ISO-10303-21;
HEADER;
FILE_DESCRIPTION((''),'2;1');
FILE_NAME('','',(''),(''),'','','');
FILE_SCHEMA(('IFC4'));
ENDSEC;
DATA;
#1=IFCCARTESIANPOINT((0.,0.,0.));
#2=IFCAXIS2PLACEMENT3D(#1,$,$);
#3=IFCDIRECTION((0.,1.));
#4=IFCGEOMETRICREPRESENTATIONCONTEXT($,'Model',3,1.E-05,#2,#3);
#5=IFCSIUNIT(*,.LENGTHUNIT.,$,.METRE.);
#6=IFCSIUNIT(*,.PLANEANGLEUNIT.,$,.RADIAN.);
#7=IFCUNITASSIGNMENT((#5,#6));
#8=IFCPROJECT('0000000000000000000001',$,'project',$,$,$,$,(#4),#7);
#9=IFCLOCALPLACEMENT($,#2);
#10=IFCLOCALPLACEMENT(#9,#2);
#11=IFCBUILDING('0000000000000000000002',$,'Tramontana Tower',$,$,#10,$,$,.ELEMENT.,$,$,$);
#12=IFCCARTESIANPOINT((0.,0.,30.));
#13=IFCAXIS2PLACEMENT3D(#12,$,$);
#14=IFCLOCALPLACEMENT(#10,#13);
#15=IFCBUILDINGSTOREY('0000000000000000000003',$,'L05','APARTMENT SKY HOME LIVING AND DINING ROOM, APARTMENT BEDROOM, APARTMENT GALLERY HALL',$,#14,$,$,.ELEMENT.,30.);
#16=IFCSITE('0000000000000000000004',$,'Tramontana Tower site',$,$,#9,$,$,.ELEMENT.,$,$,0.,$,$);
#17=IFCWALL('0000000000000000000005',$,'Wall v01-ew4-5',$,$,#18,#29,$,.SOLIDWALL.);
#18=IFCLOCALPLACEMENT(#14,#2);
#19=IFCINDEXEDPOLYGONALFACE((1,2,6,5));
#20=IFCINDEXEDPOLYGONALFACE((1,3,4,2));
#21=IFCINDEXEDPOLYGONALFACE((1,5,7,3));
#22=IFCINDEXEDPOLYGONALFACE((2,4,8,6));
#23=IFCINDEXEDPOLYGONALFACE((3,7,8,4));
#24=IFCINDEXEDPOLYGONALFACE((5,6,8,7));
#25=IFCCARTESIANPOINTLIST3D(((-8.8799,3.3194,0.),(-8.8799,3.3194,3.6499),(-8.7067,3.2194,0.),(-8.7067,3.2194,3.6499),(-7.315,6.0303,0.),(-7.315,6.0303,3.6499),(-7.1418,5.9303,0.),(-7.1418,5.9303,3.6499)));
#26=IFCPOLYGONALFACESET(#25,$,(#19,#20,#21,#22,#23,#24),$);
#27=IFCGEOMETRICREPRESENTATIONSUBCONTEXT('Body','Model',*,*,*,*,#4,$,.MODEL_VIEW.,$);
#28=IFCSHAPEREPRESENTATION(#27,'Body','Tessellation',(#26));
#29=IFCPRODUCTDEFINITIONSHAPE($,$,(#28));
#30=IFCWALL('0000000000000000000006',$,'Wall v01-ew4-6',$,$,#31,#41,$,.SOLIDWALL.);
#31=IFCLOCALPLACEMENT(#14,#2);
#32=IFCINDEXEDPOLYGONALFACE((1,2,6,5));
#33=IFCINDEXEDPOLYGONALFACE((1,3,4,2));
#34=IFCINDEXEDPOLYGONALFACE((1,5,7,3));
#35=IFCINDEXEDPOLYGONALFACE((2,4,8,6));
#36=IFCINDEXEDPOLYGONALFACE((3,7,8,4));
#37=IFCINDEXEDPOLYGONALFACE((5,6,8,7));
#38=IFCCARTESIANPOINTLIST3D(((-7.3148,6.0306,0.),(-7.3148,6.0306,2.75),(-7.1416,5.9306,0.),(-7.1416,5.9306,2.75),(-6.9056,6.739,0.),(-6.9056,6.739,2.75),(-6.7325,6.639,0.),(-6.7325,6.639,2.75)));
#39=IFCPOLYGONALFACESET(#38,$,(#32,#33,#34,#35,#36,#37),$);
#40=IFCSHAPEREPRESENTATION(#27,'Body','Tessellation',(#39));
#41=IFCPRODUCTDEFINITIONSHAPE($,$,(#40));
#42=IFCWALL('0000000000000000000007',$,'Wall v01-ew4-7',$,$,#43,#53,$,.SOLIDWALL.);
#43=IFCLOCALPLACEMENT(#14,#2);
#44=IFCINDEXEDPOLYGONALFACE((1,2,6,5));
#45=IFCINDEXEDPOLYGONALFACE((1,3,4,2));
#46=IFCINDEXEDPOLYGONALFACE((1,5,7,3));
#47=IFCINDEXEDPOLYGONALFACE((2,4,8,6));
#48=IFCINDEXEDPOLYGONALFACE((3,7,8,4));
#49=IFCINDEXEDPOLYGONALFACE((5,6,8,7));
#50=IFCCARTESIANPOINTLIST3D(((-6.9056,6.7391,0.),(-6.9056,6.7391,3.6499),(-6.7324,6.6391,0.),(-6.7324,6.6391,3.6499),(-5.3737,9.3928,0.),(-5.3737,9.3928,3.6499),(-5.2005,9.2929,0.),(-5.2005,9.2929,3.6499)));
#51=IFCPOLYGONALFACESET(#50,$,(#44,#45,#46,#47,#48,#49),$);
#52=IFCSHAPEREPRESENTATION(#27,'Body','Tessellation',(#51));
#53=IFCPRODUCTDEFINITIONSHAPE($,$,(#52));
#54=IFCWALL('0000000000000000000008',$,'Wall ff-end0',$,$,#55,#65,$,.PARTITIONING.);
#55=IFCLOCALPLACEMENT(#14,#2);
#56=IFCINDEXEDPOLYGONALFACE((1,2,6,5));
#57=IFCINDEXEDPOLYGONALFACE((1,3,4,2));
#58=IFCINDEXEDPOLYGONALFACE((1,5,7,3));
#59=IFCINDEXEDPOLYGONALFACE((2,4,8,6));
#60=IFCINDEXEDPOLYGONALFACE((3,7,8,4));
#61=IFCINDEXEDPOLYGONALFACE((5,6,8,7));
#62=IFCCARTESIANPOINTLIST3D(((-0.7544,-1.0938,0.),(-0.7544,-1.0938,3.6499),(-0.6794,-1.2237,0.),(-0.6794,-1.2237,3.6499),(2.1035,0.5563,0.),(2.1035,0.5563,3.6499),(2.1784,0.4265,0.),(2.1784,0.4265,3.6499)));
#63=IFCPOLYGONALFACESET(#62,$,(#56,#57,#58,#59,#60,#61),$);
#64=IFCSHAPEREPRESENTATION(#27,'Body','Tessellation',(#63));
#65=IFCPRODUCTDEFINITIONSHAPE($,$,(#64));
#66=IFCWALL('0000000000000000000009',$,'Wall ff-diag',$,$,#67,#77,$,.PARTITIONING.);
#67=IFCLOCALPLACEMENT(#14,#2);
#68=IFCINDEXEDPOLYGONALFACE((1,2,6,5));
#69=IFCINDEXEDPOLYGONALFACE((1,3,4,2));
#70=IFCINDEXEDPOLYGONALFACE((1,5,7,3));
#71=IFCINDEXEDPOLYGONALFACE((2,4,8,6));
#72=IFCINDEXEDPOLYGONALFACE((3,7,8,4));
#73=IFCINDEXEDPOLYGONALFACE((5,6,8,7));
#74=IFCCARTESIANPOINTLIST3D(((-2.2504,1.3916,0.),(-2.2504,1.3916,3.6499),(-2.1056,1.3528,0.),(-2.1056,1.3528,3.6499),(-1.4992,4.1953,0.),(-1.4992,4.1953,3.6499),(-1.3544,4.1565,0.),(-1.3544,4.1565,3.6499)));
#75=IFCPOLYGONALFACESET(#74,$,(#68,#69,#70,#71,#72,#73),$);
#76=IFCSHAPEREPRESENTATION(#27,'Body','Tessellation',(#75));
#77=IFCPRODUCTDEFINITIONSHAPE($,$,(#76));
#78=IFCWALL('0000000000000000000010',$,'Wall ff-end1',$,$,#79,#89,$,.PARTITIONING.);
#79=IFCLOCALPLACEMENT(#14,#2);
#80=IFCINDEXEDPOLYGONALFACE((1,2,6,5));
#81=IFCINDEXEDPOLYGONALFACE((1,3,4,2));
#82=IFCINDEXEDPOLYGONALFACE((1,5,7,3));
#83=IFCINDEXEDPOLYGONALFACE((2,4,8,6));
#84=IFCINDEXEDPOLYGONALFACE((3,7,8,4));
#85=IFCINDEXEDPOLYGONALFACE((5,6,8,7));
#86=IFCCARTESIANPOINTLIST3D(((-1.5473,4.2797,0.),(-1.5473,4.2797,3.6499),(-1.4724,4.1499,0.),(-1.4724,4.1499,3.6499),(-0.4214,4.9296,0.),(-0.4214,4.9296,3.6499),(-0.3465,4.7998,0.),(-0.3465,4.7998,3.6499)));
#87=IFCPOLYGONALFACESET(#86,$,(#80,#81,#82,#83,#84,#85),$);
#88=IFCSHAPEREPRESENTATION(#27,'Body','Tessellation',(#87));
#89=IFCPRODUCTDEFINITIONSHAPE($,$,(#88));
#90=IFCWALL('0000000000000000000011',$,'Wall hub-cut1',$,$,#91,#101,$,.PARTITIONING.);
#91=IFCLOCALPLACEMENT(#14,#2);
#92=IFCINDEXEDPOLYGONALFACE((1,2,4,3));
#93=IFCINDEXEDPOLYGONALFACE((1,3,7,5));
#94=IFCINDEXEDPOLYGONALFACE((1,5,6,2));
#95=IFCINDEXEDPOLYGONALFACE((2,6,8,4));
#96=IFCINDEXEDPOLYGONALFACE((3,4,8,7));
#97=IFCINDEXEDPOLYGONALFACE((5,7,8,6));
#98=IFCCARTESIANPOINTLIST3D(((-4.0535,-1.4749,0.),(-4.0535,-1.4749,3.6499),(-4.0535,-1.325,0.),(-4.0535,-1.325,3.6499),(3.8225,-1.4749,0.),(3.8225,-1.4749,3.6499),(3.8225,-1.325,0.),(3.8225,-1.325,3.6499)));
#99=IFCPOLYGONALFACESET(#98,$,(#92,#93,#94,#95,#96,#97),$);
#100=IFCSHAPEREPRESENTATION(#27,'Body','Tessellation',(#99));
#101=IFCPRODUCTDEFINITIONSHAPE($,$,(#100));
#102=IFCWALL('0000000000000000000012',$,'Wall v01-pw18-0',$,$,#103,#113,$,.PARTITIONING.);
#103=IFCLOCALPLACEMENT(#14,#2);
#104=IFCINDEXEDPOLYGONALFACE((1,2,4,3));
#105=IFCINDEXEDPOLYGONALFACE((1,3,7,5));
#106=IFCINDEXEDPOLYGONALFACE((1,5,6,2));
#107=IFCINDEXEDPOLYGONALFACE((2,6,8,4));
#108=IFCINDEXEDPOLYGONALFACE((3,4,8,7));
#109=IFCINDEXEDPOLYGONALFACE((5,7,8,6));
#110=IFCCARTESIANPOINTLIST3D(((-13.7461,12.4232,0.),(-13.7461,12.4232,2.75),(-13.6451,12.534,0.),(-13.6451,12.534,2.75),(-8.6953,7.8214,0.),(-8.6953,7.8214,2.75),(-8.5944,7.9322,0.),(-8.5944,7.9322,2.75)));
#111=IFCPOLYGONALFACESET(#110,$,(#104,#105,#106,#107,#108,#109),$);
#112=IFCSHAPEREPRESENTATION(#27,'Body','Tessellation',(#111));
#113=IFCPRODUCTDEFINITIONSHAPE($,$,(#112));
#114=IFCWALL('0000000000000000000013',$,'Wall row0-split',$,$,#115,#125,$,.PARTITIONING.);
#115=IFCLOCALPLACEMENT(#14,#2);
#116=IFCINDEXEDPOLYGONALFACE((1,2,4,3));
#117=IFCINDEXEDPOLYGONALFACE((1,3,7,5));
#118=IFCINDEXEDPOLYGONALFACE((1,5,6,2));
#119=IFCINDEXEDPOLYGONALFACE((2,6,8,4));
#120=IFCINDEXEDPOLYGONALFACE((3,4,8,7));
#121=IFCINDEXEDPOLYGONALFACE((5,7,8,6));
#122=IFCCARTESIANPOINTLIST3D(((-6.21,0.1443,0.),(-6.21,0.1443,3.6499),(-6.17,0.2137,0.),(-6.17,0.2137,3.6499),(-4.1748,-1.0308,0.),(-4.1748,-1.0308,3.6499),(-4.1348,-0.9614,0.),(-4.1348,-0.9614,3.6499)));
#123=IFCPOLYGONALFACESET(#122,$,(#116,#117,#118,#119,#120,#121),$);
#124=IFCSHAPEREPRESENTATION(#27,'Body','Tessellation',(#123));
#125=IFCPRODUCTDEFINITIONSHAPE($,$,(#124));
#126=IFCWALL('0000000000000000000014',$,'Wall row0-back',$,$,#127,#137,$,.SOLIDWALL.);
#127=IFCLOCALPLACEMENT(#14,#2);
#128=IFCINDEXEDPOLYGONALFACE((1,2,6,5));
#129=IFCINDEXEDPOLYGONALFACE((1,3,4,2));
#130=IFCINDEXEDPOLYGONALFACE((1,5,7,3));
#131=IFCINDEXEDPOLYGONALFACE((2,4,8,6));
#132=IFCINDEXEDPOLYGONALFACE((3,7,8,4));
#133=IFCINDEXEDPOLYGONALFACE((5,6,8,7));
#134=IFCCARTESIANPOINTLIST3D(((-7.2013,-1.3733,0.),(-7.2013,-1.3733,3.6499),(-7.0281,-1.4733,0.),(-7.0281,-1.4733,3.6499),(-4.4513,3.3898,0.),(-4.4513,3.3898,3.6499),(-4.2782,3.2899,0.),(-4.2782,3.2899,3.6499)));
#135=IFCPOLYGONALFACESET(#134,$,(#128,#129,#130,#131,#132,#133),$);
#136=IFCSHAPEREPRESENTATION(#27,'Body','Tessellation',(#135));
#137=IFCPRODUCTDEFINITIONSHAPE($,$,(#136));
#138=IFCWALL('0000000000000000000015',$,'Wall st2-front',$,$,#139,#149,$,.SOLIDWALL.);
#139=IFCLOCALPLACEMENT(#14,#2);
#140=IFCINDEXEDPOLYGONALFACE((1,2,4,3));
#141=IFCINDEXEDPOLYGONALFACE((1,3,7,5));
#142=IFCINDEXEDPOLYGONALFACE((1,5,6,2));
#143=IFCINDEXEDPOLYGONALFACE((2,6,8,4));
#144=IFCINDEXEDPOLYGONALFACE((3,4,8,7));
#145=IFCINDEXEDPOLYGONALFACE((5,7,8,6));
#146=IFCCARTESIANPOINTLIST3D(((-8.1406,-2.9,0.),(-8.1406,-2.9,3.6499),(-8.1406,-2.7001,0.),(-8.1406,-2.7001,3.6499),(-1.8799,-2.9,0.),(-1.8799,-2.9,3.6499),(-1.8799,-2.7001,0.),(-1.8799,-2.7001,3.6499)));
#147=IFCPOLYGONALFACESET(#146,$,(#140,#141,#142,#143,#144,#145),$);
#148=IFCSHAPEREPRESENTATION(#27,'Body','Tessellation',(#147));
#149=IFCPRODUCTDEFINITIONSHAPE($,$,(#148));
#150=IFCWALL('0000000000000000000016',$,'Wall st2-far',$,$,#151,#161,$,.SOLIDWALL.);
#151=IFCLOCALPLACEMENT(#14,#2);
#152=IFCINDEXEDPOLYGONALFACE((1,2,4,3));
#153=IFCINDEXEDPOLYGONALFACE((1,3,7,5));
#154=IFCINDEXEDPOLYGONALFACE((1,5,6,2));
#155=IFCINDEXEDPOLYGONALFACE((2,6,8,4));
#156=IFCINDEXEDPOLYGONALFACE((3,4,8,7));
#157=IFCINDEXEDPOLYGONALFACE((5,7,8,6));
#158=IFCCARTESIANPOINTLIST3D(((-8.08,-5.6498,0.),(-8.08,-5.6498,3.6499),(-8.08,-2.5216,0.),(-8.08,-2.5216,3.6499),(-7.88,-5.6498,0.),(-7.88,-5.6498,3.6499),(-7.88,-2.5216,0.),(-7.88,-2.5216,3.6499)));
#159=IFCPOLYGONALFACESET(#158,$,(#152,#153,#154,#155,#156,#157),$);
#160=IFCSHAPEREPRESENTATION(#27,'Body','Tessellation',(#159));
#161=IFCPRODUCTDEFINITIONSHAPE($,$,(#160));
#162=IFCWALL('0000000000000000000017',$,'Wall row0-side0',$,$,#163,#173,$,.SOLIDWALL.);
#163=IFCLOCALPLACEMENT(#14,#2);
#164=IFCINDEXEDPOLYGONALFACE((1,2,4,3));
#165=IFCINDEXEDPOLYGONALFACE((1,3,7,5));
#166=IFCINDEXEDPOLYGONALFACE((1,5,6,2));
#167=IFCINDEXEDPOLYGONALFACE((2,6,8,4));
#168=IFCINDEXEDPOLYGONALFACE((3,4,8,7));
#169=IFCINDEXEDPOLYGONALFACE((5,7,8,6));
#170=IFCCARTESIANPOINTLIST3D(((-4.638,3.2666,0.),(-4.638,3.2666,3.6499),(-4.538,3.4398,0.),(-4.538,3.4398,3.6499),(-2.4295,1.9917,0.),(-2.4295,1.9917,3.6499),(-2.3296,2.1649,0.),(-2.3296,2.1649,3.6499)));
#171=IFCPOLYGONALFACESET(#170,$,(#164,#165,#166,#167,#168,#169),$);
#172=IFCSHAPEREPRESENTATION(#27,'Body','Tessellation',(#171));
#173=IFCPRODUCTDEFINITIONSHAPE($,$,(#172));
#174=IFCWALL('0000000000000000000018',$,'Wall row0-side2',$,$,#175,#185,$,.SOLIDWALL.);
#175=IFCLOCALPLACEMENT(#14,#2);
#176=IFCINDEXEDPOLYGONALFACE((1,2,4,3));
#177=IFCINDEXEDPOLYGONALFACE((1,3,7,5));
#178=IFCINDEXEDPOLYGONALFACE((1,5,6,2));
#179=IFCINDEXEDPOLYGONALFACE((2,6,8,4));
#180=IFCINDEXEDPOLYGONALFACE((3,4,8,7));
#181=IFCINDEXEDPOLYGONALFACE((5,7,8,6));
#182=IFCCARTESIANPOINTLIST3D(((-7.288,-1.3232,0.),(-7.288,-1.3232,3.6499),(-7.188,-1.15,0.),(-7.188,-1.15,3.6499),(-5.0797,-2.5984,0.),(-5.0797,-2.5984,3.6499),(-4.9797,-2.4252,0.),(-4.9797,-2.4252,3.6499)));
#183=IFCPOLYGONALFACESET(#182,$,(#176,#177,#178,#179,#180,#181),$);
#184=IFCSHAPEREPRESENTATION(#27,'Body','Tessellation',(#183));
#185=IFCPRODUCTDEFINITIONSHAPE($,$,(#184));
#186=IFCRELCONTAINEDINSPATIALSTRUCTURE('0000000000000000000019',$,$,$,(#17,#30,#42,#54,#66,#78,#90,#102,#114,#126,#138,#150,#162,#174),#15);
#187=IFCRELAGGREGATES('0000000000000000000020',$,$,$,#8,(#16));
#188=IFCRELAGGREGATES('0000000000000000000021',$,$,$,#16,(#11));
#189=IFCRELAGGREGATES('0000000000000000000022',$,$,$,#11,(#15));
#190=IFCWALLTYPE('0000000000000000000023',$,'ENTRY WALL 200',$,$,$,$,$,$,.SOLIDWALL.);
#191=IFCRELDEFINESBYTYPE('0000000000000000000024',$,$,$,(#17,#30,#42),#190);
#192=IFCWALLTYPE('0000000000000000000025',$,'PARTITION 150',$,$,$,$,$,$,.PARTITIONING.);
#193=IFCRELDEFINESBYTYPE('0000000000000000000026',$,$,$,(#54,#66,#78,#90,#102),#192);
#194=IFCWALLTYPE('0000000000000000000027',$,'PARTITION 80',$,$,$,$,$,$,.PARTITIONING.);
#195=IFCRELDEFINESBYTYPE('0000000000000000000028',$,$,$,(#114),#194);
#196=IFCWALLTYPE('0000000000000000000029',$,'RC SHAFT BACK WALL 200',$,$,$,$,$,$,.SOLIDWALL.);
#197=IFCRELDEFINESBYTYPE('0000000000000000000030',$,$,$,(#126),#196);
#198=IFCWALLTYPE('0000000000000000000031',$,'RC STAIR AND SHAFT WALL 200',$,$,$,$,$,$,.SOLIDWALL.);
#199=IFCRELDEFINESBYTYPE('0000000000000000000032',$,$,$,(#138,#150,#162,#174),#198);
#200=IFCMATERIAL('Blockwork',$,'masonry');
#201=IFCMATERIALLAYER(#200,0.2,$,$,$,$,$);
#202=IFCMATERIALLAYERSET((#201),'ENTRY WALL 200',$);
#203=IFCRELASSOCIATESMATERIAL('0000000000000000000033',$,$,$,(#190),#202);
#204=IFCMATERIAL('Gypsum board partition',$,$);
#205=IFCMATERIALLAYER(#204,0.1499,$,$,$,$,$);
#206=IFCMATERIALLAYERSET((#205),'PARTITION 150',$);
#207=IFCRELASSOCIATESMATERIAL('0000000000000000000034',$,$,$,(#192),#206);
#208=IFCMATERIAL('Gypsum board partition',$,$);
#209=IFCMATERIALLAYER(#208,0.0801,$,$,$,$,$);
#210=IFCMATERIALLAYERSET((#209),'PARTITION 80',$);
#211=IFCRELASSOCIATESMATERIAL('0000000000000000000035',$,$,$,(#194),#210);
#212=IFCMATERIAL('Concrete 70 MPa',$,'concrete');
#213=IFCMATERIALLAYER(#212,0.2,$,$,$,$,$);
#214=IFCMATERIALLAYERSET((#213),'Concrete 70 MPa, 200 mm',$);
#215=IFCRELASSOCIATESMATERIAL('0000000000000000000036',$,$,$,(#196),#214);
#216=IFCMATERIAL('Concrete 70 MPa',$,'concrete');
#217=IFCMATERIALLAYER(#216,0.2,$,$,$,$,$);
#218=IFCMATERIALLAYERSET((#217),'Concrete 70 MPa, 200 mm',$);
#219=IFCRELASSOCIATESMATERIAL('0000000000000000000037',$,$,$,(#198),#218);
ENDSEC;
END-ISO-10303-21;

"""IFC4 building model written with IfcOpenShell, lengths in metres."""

from ifc_helpers import new_model, si_unit, direction, frame, frame_2d, origin, place, context, subcontext, project, spatial, rectangle, extrude, material, layer, layer_set, type_object, element, save


model = new_model("IFC4")

# Units and contexts
model_context = context("Model", 3, precision=1e-05, world=origin(), true_north=direction((0.0, 1.0)))
body_context = subcontext(model_context, "Body", "Model", "MODEL_VIEW")
ifc_project = project(units=[si_unit("LENGTHUNIT", "METRE"), si_unit("PLANEANGLEUNIT", "RADIAN")], contexts=[model_context])

# Site, building, storey
site_placement = place(None, origin())
site = spatial("IfcSite", under=ifc_project, at=site_placement, Name="Tramontana Tower site", CompositionType="ELEMENT", RefElevation=0.0)
building_placement = place(site_placement, origin())
building = spatial("IfcBuilding", under=site, at=building_placement, Name="Tramontana Tower", CompositionType="ELEMENT")
storey_placement = place(building_placement, frame((0.0, 0.0, 30.0)))
storey = spatial("IfcBuildingStorey", under=building, at=storey_placement, Name="L05", Description="APARTMENT SKY HOME LIVING AND DINING ROOM, APARTMENT BEDROOM, APARTMENT GALLERY HALL", CompositionType="ELEMENT", Elevation=30.0)

# Walls
ifc_material_1 = material(Name="Blockwork", Category="masonry")
ifc_layer_1 = layer(ifc_material_1, 0.2)
ifc_layer_set_1 = layer_set([ifc_layer_1], Name="ENTRY WALL 200")
wall_type_1 = type_object("IfcWallType", Name="ENTRY WALL 200", PredefinedType="SOLIDWALL", material=ifc_layer_set_1)
wall_1_placement = place(storey_placement, frame((-8.7932, 3.2695, 0.0), z_axis=(0.0, 0.0, 1.0), x_axis=(0.499948, 0.866056, 0.0)))
element("IfcWall", 1, at=wall_1_placement, inside=storey, type_object=wall_type_1, Name="Wall v01-ew4-5", PredefinedType="SOLIDWALL", context=body_context, shape_type="SweptSolid", body=[
    extrude(rectangle(XDim=3.1301, YDim=0.2, at=frame_2d((1.5649, 0.0))), origin(), (0.0, 0.0, 1.0), 3.6499),
])
wall_2_placement = place(storey_placement, frame((-7.2283, 5.9805, 0.0), z_axis=(0.0, 0.0, 1.0), x_axis=(0.500119, 0.865957, 0.0)))
element("IfcWall", 2, at=wall_2_placement, inside=storey, type_object=wall_type_1, Name="Wall v01-ew4-6", PredefinedType="SOLIDWALL", context=body_context, shape_type="SweptSolid", body=[
    extrude(rectangle(XDim=0.8181, YDim=0.2, at=frame_2d((0.4092, 0.0))), origin(), (0.0, 0.0, 1.0), 2.75),
])
wall_3_placement = place(storey_placement, frame((-6.8191, 6.689, 0.0), z_axis=(0.0, 0.0, 1.0), x_axis=(0.499952, 0.866053, 0.0)))
element("IfcWall", 3, at=wall_3_placement, inside=storey, type_object=wall_type_1, Name="Wall v01-ew4-7", PredefinedType="SOLIDWALL", context=body_context, shape_type="SweptSolid", body=[
    extrude(rectangle(XDim=3.0642, YDim=0.2, at=frame_2d((1.5322, 0.0))), origin(), (0.0, 0.0, 1.0), 3.6499),
])

# Shared definitions
ifc_material_2 = material(Name="Gypsum board partition")
ifc_layer_2 = layer(ifc_material_2, 0.1499)
ifc_layer_set_2 = layer_set([ifc_layer_2], Name="PARTITION 150")
wall_type_2 = type_object("IfcWallType", Name="PARTITION 150", PredefinedType="PARTITIONING", material=ifc_layer_set_2)

# Walls
wall_4_placement = place(storey_placement, frame((-0.7168, -1.1587, 0.0), z_axis=(0.0, 0.0, 1.0), x_axis=(0.866008, 0.50003, 0.0)))
element("IfcWall", 4, at=wall_4_placement, inside=storey, type_object=wall_type_2, Name="Wall ff-end0", PredefinedType="PARTITIONING", context=body_context, shape_type="SweptSolid", body=[
    extrude(rectangle(XDim=3.3, YDim=0.1499, at=frame_2d((1.6499, 0.0))), origin(), (0.0, 0.0, 1.0), 3.6499),
])
wall_5_placement = place(storey_placement, frame((-2.178, 1.3723, 0.0), z_axis=(0.0, 0.0, 1.0), x_axis=(0.258809, 0.965929, 0.0)))
element("IfcWall", 5, at=wall_5_placement, inside=storey, type_object=wall_type_2, Name="Wall ff-diag", PredefinedType="PARTITIONING", context=body_context, shape_type="SweptSolid", body=[
    extrude(rectangle(XDim=2.9026, YDim=0.1499, at=frame_2d((1.4512, 0.0))), origin(), (0.0, 0.0, 1.0), 3.6499),
])
wall_6_placement = place(storey_placement, frame((-1.5098, 4.2148, 0.0), z_axis=(0.0, 0.0, 1.0), x_axis=(0.866086, 0.499896, 0.0)))
element("IfcWall", 6, at=wall_6_placement, inside=storey, type_object=wall_type_2, Name="Wall ff-end1", PredefinedType="PARTITIONING", context=body_context, shape_type="SweptSolid", body=[
    extrude(rectangle(XDim=1.3, YDim=0.1499, at=frame_2d((0.6499, 0.0))), origin(), (0.0, 0.0, 1.0), 3.6499),
])
wall_7_placement = place(storey_placement, frame((-4.0535, -1.3999, 0.0), z_axis=(0.0, 0.0, 1.0), x_axis=(1.0, 0.0, 0.0)))
element("IfcWall", 7, at=wall_7_placement, inside=storey, type_object=wall_type_2, Name="Wall hub-cut1", PredefinedType="PARTITIONING", context=body_context, shape_type="SweptSolid", body=[
    extrude(rectangle(XDim=7.876, YDim=0.1499, at=frame_2d((3.938, 0.0))), origin(), (0.0, 0.0, 1.0), 3.6499),
])

# Walls
wall_8_placement = place(storey_placement, frame((-8.6448, 7.8767, 0.0), z_axis=(0.0, 0.0, 1.0), x_axis=(-0.739198, 0.673489, 0.0)))
element("IfcWall", 8, at=wall_8_placement, inside=storey, type_object=wall_type_2, Name="Wall v01-pw18-0", PredefinedType="PARTITIONING", context=body_context, shape_type="SweptSolid", body=[
    extrude(rectangle(XDim=6.8328, YDim=0.1499, at=frame_2d((3.4165, 0.0))), origin(), (0.0, 0.0, 1.0), 2.75),
])
ifc_material_3 = material(Name="Gypsum board partition")
ifc_layer_3 = layer(ifc_material_3, 0.0801)
ifc_layer_set_3 = layer_set([ifc_layer_3], Name="PARTITION 80")
wall_type_3 = type_object("IfcWallType", Name="PARTITION 80", PredefinedType="PARTITIONING", material=ifc_layer_set_3)
wall_9_placement = place(storey_placement, frame((-4.1548, -0.9961, 0.0), z_axis=(0.0, 0.0, 1.0), x_axis=(-0.866016, 0.500016, 0.0)))
element("IfcWall", 9, at=wall_9_placement, inside=storey, type_object=wall_type_3, Name="Wall row0-split", PredefinedType="PARTITIONING", context=body_context, shape_type="SweptSolid", body=[
    extrude(rectangle(XDim=2.3501, YDim=0.0801, at=frame_2d((1.175, 0.0))), origin(), (0.0, 0.0, 1.0), 3.6499),
])
ifc_material_4 = material(Name="Concrete 70 MPa", Category="concrete")
ifc_layer_4 = layer(ifc_material_4, 0.2)
ifc_layer_set_4 = layer_set([ifc_layer_4], Name="Concrete 70 MPa, 200 mm")
wall_type_4 = type_object("IfcWallType", Name="RC SHAFT BACK WALL 200", PredefinedType="SOLIDWALL", material=ifc_layer_set_4)
wall_10_placement = place(storey_placement, frame((-4.3647, 3.3398, 0.0), z_axis=(0.0, 0.0, 1.0), x_axis=(-0.499997, -0.866027, 0.0)))
element("IfcWall", 10, at=wall_10_placement, inside=storey, type_object=wall_type_4, Name="Wall row0-back", PredefinedType="SOLIDWALL", context=body_context, shape_type="SweptSolid", body=[
    extrude(rectangle(XDim=5.5, YDim=0.2, at=frame_2d((2.75, 0.0))), origin(), (0.0, 0.0, 1.0), 3.6499),
])

# Shared definitions
ifc_material_5 = material(Name="Concrete 70 MPa", Category="concrete")
ifc_layer_5 = layer(ifc_material_5, 0.2)
ifc_layer_set_5 = layer_set([ifc_layer_5], Name="Concrete 70 MPa, 200 mm")
wall_type_5 = type_object("IfcWallType", Name="RC STAIR AND SHAFT WALL 200", PredefinedType="SOLIDWALL", material=ifc_layer_set_5)

# Walls
wall_11_placement = place(storey_placement, frame((-8.1406, -2.8, 0.0), z_axis=(0.0, 0.0, 1.0), x_axis=(1.0, 0.0, 0.0)))
element("IfcWall", 11, at=wall_11_placement, inside=storey, type_object=wall_type_5, Name="Wall st2-front", PredefinedType="SOLIDWALL", context=body_context, shape_type="SweptSolid", body=[
    extrude(rectangle(XDim=6.2607, YDim=0.2, at=frame_2d((3.1304, 0.0))), origin(), (0.0, 0.0, 1.0), 3.6499),
])
wall_12_placement = place(storey_placement, frame((-7.98, -2.5217, 0.0), z_axis=(0.0, 0.0, 1.0), x_axis=(0.0, -1.0, 0.0)))
element("IfcWall", 12, at=wall_12_placement, inside=storey, type_object=wall_type_5, Name="Wall st2-far", PredefinedType="SOLIDWALL", context=body_context, shape_type="SweptSolid", body=[
    extrude(rectangle(XDim=3.1282, YDim=0.2, at=frame_2d((1.564, 0.0))), origin(), (0.0, 0.0, 1.0), 3.6499),
])

# Walls
for number, where, z_axis, x_axis, name in (
    (13, (-2.3796, 2.0784, 0.0), (0.0, 0.0, 1.0), (-0.866055, 0.499949, 0.0), "Wall row0-side0"),
    (14, (-5.0298, -2.5117, 0.0), (0.0, 0.0, 1.0), (-0.865989, 0.500062, 0.0), "Wall row0-side2"),
):
    element("IfcWall", number, at=place(storey_placement, frame(where, z_axis=z_axis, x_axis=x_axis)), inside=storey, type_object=wall_type_5, Name=name, PredefinedType="SOLIDWALL", context=body_context, shape_type="SweptSolid", body=[
        extrude(rectangle(XDim=2.55, YDim=0.2, at=frame_2d((1.2749, 0.0))), origin(), (0.0, 0.0, 1.0), 3.6499),
    ])

save(model, "model.ifc")
